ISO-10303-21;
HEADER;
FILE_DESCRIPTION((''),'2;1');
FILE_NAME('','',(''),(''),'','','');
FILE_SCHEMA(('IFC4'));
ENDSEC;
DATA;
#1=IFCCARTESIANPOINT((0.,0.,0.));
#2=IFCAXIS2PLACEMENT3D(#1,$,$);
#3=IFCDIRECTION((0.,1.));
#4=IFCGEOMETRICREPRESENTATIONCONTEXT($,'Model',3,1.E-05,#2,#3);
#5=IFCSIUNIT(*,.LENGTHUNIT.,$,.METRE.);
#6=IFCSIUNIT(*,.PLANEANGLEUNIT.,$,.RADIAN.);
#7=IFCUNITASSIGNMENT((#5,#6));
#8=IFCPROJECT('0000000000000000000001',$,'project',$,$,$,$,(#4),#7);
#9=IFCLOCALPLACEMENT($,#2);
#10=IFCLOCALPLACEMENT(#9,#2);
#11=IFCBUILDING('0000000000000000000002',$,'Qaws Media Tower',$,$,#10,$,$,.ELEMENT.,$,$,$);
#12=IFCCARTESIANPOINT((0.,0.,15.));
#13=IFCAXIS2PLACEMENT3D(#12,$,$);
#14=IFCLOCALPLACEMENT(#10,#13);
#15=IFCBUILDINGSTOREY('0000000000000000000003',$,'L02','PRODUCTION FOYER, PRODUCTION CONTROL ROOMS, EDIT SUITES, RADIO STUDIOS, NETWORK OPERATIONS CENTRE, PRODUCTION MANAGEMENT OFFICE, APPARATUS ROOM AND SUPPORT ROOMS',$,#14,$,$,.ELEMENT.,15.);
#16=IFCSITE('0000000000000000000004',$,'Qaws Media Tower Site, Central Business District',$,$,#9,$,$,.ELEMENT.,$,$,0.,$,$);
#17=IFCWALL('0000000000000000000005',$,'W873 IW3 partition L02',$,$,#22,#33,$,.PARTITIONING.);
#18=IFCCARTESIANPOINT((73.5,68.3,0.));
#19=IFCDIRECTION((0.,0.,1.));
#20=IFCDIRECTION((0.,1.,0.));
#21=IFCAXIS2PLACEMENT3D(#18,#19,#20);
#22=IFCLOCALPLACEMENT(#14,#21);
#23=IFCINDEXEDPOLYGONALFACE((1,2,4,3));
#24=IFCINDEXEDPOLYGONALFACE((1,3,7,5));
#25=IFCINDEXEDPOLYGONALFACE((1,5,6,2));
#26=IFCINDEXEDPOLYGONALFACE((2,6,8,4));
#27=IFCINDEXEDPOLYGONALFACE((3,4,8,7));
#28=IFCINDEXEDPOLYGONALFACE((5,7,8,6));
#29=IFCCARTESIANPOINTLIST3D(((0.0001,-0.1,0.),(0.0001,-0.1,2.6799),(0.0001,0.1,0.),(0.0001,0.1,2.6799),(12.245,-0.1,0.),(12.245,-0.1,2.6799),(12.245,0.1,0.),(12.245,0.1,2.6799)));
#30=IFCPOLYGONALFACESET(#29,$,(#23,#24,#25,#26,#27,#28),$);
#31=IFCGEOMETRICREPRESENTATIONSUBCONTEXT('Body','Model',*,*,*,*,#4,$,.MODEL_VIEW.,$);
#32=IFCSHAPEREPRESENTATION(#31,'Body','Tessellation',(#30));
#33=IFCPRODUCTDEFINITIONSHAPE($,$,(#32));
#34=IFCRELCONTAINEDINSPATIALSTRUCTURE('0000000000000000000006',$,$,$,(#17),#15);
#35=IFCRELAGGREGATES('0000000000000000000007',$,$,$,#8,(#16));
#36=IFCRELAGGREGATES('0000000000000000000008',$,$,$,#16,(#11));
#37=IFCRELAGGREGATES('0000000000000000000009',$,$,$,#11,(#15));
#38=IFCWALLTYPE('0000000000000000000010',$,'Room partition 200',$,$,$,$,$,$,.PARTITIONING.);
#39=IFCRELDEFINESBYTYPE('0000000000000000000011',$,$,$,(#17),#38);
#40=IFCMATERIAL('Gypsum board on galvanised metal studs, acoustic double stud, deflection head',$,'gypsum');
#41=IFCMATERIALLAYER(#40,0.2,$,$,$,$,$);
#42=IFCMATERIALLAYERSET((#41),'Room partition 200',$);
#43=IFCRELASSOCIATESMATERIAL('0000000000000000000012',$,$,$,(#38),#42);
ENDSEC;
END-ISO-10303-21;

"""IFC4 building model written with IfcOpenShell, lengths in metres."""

from ifc_helpers import new_model, si_unit, direction, frame, frame_2d, origin, place, context, subcontext, project, spatial, rectangle, extrude, material, layer, layer_set, type_object, element, save


model = new_model("IFC4")

# Units and contexts
model_context = context("Model", 3, precision=1e-05, world=origin(), true_north=direction((0.0, 1.0)))
body_context = subcontext(model_context, "Body", "Model", "MODEL_VIEW")
ifc_project = project(units=[si_unit("LENGTHUNIT", "METRE"), si_unit("PLANEANGLEUNIT", "RADIAN")], contexts=[model_context])

# Site, building, storey
site_placement = place(None, origin())
site = spatial("IfcSite", under=ifc_project, at=site_placement, Name="Qaws Media Tower Site, Central Business District", CompositionType="ELEMENT", RefElevation=0.0)
building_placement = place(site_placement, origin())
building = spatial("IfcBuilding", under=site, at=building_placement, Name="Qaws Media Tower", CompositionType="ELEMENT")
storey_placement = place(building_placement, frame((0.0, 0.0, 15.0)))
storey = spatial("IfcBuildingStorey", under=building, at=storey_placement, Name="L02", Description="PRODUCTION FOYER, PRODUCTION CONTROL ROOMS, EDIT SUITES, RADIO STUDIOS, NETWORK OPERATIONS CENTRE, PRODUCTION MANAGEMENT OFFICE, APPARATUS ROOM AND SUPPORT ROOMS", CompositionType="ELEMENT", Elevation=15.0)

# Wall
ifc_material_1 = material(Name="Gypsum board on galvanised metal studs, acoustic double stud, deflection head", Category="gypsum")
ifc_layer = layer(ifc_material_1, 0.2)
ifc_layer_set = layer_set([ifc_layer], Name="Room partition 200")
wall_type = type_object("IfcWallType", Name="Room partition 200", PredefinedType="PARTITIONING", material=ifc_layer_set)
wall_1_placement = place(storey_placement, frame((73.5, 68.3, 0.0), z_axis=(0.0, 0.0, 1.0), x_axis=(0.0, 1.0, 0.0)))
element("IfcWall", 1, at=wall_1_placement, inside=storey, type_object=wall_type, Name="W873 IW3 partition L02", PredefinedType="PARTITIONING", context=body_context, shape_type="SweptSolid", body=[
    extrude(rectangle(XDim=12.2449, YDim=0.2, at=frame_2d((6.1226, 0.0))), origin(), (0.0, 0.0, 1.0), 2.6799),
])

save(model, "model.ifc")
